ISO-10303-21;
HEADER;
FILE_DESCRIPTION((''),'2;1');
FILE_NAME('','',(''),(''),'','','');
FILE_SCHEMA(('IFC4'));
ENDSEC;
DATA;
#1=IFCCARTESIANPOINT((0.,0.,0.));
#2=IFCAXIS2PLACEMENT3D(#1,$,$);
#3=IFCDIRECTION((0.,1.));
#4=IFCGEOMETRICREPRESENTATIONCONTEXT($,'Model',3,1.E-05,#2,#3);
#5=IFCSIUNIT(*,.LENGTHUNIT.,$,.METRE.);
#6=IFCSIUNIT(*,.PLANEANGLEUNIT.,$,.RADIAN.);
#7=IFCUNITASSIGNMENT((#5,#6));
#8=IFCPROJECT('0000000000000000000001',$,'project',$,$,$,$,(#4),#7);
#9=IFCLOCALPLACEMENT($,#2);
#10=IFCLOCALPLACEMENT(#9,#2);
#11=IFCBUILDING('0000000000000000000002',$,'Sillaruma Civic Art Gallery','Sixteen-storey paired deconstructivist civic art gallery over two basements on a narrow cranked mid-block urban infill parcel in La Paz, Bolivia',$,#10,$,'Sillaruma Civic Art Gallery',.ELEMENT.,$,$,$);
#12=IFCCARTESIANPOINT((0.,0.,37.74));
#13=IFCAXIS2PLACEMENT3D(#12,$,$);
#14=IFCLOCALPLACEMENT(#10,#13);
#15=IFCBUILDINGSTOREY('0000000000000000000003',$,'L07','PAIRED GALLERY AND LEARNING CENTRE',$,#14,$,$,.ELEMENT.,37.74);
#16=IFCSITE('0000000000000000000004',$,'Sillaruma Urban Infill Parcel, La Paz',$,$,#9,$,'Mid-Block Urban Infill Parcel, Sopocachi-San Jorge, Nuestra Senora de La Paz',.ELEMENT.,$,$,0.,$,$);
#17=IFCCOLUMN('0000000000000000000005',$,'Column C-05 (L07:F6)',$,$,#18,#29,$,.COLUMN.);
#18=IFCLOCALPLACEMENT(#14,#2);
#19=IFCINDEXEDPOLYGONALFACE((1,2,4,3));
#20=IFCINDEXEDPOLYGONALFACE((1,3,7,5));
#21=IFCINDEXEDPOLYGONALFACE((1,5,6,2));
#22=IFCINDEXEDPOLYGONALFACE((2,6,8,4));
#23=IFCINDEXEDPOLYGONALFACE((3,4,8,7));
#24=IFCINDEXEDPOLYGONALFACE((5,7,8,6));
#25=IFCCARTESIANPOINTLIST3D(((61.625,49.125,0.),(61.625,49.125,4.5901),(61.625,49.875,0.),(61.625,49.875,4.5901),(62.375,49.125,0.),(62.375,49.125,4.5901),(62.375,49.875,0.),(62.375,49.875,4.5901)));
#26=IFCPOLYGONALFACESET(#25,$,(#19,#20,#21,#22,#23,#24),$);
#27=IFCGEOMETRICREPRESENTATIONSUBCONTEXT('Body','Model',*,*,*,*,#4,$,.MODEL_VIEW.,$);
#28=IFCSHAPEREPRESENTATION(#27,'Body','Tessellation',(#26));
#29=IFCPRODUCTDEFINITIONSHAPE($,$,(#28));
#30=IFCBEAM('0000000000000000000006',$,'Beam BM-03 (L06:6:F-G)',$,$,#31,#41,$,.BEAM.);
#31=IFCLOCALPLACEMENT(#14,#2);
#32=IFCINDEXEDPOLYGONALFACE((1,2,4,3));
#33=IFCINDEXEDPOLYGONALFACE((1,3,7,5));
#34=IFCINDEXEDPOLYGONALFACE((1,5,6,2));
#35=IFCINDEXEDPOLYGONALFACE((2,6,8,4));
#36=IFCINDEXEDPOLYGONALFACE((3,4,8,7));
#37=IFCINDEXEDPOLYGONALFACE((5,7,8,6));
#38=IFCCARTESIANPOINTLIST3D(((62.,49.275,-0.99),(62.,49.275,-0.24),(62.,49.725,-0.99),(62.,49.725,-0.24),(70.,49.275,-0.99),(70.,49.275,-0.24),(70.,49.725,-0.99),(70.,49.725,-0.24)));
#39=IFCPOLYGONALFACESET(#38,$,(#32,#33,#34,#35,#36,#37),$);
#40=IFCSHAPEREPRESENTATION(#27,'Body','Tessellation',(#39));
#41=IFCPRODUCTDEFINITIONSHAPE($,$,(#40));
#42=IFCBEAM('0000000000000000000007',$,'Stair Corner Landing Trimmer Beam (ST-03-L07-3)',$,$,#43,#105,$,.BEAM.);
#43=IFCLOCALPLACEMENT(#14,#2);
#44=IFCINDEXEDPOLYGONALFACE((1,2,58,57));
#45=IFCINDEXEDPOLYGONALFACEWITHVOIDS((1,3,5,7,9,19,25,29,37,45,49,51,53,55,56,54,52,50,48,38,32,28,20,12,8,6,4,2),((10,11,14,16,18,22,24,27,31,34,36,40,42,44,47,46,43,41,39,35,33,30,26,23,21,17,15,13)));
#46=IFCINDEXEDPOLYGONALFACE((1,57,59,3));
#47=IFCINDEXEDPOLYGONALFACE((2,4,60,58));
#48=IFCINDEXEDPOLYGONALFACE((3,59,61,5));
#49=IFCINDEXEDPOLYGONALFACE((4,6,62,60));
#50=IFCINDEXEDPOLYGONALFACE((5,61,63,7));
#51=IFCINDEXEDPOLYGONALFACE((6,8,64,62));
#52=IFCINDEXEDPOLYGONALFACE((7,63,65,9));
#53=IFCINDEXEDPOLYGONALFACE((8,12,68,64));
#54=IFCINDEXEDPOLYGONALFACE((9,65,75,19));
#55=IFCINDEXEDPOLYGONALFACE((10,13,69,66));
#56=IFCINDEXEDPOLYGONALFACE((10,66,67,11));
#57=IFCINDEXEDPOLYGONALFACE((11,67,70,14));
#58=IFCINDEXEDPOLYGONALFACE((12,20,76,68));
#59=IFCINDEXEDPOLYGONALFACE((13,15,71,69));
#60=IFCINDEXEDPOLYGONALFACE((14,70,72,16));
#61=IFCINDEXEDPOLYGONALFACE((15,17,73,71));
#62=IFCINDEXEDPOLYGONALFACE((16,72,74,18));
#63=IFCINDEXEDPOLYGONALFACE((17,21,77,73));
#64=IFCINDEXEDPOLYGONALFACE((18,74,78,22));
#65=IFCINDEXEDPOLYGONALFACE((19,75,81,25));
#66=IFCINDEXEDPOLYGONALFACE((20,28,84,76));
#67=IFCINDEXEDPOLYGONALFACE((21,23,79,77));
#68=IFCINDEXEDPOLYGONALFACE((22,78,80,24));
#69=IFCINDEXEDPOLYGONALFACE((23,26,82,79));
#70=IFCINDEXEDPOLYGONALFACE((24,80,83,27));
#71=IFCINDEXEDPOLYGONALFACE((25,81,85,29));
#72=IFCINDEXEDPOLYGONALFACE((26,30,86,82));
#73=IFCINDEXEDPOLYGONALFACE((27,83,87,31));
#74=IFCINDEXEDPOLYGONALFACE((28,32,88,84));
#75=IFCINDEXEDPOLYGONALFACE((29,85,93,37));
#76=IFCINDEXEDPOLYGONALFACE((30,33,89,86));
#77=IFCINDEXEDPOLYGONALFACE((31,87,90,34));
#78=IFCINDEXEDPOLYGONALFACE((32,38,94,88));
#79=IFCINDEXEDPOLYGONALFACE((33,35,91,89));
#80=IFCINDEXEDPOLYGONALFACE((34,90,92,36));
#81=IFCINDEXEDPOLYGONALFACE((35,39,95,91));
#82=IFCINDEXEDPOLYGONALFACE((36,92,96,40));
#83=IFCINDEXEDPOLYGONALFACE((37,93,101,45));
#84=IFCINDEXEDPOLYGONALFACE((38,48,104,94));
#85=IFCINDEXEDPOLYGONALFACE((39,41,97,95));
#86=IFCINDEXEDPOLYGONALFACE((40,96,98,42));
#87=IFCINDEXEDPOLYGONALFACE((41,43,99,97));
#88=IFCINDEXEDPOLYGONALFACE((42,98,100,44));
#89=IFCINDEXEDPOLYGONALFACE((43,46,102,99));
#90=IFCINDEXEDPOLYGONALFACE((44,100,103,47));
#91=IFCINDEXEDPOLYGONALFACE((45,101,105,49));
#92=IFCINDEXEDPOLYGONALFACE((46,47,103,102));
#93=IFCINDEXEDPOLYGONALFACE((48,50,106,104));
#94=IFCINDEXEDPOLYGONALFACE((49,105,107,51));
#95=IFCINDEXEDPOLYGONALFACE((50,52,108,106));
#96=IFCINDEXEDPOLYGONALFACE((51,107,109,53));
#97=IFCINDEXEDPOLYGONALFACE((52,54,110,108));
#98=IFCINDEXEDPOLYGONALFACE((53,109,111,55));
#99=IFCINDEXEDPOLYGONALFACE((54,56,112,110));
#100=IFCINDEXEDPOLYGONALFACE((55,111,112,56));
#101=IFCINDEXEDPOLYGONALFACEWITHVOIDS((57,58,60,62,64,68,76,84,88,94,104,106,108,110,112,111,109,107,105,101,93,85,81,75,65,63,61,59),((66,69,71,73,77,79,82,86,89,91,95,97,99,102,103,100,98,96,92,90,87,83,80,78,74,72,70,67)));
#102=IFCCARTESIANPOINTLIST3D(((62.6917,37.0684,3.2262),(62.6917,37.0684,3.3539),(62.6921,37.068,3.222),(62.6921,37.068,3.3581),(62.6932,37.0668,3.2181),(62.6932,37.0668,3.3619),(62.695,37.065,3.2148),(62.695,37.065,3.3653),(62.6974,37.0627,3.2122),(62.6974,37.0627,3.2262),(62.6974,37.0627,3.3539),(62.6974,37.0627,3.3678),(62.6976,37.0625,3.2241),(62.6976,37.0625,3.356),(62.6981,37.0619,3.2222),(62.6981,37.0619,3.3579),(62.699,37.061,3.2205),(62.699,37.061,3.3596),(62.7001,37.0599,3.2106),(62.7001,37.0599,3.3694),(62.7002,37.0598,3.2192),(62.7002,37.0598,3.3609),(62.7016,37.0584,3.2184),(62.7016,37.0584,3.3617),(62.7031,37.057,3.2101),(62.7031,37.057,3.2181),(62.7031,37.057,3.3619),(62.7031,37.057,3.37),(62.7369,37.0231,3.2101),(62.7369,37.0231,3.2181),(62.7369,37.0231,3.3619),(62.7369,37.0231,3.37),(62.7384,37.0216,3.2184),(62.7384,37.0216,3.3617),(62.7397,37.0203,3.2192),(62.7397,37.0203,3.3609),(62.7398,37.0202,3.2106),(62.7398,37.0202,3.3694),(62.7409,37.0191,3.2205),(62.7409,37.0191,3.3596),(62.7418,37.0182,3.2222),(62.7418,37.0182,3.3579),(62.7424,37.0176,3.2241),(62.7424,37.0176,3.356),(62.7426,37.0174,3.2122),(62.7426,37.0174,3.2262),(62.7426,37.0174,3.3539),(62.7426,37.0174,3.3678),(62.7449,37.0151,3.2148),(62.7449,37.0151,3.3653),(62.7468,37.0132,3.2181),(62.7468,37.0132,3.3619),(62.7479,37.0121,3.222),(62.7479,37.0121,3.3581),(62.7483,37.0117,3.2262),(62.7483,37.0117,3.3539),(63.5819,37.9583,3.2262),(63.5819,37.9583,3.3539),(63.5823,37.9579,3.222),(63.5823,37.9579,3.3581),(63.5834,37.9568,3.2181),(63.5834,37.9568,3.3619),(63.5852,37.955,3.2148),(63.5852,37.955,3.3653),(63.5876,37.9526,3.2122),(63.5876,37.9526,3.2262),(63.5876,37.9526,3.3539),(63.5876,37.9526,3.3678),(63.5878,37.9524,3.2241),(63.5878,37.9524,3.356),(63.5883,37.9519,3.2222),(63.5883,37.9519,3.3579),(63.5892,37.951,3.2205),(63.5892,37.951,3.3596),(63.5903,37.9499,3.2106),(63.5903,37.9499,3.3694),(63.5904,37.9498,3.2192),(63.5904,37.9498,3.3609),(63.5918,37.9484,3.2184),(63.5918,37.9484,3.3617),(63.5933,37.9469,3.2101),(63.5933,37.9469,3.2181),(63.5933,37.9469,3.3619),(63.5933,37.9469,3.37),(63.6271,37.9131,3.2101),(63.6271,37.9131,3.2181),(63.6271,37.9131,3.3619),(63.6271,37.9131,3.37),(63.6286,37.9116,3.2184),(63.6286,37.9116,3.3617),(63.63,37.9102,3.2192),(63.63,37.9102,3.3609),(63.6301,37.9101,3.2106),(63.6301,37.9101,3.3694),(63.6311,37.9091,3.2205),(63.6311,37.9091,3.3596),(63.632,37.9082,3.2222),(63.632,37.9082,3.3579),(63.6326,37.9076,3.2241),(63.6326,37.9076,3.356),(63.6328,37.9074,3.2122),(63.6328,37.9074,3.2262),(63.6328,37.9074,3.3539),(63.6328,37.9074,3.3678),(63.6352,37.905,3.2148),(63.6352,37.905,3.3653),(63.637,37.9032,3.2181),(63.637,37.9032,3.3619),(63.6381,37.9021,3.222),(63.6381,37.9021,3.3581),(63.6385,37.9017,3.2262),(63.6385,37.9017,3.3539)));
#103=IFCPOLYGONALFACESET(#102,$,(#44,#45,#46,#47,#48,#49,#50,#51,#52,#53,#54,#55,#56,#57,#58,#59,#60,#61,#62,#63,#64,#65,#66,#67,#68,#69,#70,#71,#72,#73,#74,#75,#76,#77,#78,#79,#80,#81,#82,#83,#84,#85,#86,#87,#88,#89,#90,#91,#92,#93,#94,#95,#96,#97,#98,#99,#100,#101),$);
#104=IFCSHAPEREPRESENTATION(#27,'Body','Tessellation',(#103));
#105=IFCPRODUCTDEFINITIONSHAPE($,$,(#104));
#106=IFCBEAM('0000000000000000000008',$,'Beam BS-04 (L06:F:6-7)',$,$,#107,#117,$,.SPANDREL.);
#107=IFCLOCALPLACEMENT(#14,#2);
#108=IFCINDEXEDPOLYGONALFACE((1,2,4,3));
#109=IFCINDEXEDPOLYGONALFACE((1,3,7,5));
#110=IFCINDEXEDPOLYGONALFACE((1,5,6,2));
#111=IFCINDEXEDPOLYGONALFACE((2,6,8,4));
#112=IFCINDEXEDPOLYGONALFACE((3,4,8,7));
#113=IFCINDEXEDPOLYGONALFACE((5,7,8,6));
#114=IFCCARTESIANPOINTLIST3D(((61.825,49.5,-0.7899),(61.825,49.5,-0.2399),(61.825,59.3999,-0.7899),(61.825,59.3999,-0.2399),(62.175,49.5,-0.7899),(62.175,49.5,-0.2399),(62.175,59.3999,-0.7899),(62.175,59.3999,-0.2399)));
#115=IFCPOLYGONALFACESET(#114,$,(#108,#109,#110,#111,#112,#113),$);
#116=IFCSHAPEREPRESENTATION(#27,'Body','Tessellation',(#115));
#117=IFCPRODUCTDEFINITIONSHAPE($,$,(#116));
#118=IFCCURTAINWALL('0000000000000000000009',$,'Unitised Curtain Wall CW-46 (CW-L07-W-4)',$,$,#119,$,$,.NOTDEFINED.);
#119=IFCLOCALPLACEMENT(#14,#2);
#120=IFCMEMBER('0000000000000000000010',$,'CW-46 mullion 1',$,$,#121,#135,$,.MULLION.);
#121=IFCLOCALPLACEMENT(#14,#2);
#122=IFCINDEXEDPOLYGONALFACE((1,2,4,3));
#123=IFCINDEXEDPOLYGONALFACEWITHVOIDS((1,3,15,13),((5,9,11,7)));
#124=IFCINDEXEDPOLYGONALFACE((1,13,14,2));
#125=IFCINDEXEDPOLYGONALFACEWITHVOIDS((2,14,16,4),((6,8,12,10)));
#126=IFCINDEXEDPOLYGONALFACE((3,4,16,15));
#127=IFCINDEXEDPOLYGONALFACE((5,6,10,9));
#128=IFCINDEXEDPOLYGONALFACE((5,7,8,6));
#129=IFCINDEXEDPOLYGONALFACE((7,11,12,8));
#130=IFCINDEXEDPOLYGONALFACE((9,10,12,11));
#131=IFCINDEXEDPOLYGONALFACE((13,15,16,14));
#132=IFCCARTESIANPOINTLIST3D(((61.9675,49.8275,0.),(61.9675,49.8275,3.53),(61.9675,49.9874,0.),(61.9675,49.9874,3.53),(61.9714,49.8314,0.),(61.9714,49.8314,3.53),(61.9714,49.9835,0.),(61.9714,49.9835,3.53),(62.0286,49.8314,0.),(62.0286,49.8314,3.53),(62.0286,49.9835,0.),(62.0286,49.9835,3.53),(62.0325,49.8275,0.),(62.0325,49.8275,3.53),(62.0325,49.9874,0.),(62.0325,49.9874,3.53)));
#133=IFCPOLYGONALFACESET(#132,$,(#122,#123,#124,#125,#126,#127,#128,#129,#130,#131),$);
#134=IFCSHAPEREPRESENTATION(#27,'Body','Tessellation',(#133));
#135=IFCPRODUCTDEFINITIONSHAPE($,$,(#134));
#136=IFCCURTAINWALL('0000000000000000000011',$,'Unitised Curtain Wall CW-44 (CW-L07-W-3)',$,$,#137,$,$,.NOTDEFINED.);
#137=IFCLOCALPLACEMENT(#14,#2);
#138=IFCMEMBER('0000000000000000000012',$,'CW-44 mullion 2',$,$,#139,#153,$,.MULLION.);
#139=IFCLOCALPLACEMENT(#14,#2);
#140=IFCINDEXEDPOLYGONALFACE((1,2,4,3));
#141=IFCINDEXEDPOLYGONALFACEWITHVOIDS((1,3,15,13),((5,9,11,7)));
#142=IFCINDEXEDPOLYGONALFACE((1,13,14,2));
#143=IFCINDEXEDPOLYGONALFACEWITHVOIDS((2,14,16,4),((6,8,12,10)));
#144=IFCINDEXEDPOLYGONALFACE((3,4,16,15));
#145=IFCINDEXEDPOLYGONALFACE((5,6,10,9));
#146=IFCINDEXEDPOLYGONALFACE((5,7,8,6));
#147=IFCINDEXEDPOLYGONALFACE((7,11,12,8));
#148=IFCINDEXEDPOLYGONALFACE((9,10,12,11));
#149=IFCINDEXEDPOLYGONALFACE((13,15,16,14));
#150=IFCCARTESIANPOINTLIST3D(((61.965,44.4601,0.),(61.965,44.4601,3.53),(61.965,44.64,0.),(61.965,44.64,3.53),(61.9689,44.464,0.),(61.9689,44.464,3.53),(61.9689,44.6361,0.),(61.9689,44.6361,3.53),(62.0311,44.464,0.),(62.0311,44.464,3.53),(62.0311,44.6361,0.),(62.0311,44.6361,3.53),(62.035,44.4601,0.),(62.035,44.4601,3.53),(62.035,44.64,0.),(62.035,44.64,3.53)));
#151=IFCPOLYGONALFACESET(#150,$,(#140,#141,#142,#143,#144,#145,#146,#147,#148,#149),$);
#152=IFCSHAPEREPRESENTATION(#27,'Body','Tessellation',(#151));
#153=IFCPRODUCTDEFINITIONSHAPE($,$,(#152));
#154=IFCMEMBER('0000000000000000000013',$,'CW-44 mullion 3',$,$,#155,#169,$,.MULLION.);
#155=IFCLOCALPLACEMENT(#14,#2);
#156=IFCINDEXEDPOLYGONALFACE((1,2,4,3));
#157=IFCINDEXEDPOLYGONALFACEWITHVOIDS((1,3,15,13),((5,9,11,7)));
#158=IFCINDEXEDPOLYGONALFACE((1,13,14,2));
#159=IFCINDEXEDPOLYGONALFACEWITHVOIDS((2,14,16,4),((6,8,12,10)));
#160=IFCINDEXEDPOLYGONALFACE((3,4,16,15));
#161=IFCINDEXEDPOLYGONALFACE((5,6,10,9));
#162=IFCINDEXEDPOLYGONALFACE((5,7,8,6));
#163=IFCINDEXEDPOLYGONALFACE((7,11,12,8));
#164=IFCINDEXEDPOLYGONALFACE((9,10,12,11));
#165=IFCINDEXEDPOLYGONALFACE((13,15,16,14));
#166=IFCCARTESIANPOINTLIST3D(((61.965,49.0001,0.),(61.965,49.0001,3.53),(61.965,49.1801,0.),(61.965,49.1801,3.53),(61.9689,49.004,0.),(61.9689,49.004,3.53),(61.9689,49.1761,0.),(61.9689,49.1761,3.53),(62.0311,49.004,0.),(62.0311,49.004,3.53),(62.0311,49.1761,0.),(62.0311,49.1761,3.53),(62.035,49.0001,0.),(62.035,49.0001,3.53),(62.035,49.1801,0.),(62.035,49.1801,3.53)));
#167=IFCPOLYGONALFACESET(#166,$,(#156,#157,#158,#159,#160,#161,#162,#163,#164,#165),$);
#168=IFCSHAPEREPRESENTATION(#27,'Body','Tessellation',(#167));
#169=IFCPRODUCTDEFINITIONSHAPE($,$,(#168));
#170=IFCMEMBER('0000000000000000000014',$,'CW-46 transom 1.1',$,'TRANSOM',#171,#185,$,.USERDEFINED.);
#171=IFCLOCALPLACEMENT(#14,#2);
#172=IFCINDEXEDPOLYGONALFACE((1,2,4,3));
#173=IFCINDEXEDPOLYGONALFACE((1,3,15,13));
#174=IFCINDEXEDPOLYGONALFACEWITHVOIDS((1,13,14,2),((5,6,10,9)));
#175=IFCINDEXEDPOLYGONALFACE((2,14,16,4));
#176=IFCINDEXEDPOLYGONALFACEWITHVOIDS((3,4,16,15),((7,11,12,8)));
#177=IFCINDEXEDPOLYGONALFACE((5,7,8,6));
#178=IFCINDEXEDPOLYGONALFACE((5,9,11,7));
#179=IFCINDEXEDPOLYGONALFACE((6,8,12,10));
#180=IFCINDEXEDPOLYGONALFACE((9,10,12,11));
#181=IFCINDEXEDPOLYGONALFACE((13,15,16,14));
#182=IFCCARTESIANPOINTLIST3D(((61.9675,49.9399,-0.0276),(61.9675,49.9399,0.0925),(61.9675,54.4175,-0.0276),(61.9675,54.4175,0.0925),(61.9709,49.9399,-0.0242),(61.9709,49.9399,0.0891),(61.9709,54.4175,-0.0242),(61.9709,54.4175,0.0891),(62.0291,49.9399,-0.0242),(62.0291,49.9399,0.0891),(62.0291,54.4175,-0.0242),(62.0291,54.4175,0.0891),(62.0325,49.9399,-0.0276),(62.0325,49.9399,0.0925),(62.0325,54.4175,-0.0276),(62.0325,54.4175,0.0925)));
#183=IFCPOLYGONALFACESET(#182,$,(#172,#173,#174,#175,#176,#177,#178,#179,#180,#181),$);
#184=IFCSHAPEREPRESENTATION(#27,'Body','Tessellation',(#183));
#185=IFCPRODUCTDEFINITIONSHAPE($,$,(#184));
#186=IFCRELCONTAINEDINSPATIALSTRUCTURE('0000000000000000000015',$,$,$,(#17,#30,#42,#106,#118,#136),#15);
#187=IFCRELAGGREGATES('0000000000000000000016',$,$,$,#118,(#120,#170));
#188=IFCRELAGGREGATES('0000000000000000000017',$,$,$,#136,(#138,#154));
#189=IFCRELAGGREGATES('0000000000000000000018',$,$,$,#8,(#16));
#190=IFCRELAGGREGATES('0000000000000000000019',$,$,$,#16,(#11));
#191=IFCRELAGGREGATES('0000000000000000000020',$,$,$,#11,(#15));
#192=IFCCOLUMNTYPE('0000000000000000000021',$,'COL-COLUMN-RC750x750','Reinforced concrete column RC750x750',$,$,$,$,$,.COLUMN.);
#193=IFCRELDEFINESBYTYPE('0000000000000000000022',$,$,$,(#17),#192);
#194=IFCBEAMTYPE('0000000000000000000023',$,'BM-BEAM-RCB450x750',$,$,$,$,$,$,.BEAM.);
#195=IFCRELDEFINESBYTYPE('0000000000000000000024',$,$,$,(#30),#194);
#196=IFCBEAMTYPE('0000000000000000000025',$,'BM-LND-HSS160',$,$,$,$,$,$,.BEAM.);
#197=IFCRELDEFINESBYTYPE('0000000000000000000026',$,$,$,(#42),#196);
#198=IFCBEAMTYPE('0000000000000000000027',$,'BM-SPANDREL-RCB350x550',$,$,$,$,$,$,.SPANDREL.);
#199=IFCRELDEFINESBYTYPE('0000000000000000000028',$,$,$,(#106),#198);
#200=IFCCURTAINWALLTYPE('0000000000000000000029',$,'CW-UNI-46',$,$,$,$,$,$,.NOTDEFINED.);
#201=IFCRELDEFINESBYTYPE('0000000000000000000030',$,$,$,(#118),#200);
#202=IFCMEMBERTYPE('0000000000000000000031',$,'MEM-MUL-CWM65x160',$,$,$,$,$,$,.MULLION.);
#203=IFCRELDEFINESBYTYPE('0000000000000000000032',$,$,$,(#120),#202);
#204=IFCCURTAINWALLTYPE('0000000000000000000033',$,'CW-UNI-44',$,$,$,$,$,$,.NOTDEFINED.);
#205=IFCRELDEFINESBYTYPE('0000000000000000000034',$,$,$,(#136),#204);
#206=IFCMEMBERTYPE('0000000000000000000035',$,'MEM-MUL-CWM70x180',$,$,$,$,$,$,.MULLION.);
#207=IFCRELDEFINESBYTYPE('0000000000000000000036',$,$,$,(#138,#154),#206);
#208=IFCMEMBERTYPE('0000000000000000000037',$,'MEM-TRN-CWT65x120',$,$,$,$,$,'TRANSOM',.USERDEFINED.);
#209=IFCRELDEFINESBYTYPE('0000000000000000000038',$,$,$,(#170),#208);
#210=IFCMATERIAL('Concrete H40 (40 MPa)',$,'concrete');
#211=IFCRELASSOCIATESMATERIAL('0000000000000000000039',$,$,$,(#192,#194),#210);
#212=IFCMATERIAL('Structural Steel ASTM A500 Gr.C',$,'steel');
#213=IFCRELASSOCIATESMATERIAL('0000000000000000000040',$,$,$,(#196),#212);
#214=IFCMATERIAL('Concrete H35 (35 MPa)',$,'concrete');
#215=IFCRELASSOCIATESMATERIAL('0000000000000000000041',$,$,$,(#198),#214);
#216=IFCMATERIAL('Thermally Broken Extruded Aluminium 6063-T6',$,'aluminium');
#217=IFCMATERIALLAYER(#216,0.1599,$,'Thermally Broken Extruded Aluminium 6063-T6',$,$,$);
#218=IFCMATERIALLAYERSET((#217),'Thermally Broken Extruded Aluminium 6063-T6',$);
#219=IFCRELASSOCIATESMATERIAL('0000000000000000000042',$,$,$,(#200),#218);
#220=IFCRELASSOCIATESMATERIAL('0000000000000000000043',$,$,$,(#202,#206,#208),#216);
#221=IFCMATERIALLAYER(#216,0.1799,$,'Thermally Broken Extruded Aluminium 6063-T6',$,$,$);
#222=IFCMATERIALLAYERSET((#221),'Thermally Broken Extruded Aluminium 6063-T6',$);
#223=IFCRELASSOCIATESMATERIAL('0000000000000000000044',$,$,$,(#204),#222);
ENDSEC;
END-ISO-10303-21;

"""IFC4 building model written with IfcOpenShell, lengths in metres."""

from ifc_helpers import new_model, si_unit, direction, frame, origin, origin_2d, place, context, subcontext, project, spatial, rectangle, hollow_rectangle, extrude, material, layer, layer_set, material_profile, profile_set, type_object, element, aggregate, save


model = new_model("IFC4")

# Units and contexts
model_context = context("Model", 3, precision=1e-05, world=origin(), true_north=direction((0.0, 1.0)))
body_context = subcontext(model_context, "Body", "Model", "MODEL_VIEW")
ifc_project = project(units=[si_unit("LENGTHUNIT", "METRE"), si_unit("PLANEANGLEUNIT", "RADIAN")], contexts=[model_context])

# Site, building, storey
site_placement = place(None, origin())
site = spatial("IfcSite", under=ifc_project, at=site_placement, Name="Sillaruma Urban Infill Parcel, La Paz", LongName="Mid-Block Urban Infill Parcel, Sopocachi-San Jorge, Nuestra Senora de La Paz", CompositionType="ELEMENT", RefElevation=0.0)
building_placement = place(site_placement, origin())
building = spatial("IfcBuilding", under=site, at=building_placement, Name="Sillaruma Civic Art Gallery", Description="Sixteen-storey paired deconstructivist civic art gallery over two basements on a narrow cranked mid-block urban infill parcel in La Paz, Bolivia", LongName="Sillaruma Civic Art Gallery", CompositionType="ELEMENT")
storey_placement = place(building_placement, frame((0.0, 0.0, 37.74)))
storey = spatial("IfcBuildingStorey", under=building, at=storey_placement, Name="L07", Description="PAIRED GALLERY AND LEARNING CENTRE", CompositionType="ELEMENT", Elevation=37.74)

# Column
ifc_material_1 = material(Name="Concrete H40 (40 MPa)", Category="concrete")
ifc_material_profile_1 = material_profile(ifc_material_1, rectangle(XDim=0.75, YDim=0.75, at=origin_2d()), Name="RC750x750")
ifc_profile_set_1 = profile_set([ifc_material_profile_1], Name="Concrete H40 (40 MPa)")
column_type = type_object("IfcColumnType", Name="COL-COLUMN-RC750x750", Description="Reinforced concrete column RC750x750", PredefinedType="COLUMN", material=ifc_profile_set_1)
column_placement = place(storey_placement, frame((62.0, 49.5, 0.0), z_axis=(0.0, 0.0, 1.0), x_axis=(1.0, 0.0, 0.0)))
element("IfcColumn", 1, at=column_placement, inside=storey, type_object=column_type, Name="Column C-05 (L07:F6)", PredefinedType="COLUMN", context=body_context, shape_type="SweptSolid", body=[
    extrude(rectangle(XDim=0.75, YDim=0.75, at=origin_2d()), origin(), (0.0, 0.0, 1.0), 4.5901),
])

# Beams
ifc_material_profile_2 = material_profile(ifc_material_1, rectangle(XDim=0.45, YDim=0.75, at=origin_2d()), Name="RCB450x750")
ifc_profile_set_2 = profile_set([ifc_material_profile_2], Name="Concrete H40 (40 MPa)")
beam_type_1 = type_object("IfcBeamType", Name="BM-BEAM-RCB450x750", PredefinedType="BEAM", material=ifc_profile_set_2)
beam_1_placement = place(storey_placement, frame((62.0, 49.5, -0.615), z_axis=(1.0, 0.0, 0.0), x_axis=(0.0, 1.0, 0.0)))
element("IfcBeam", 2, at=beam_1_placement, inside=storey, type_object=beam_type_1, Name="Beam BM-03 (L06:6:F-G)", PredefinedType="BEAM", context=body_context, shape_type="SweptSolid", body=[
    extrude(rectangle(XDim=0.45, YDim=0.75, at=origin_2d()), origin(), (0.0, 0.0, 1.0), 8.0),
])
ifc_material_2 = material(Name="Structural Steel ASTM A500 Gr.C", Category="steel")
ifc_material_profile_3 = material_profile(ifc_material_2, hollow_rectangle(XDim=0.0801, YDim=0.1599, WallThickness=0.0081, InnerFilletRadius=0.0081, OuterFilletRadius=0.0161, at=origin_2d()), Name="HSS160x80x8")
ifc_profile_set_3 = profile_set([ifc_material_profile_3], Name="Structural Steel ASTM A500 Gr.C")
beam_type_2 = type_object("IfcBeamType", Name="BM-LND-HSS160", PredefinedType="BEAM", material=ifc_profile_set_3)
beam_2_placement = place(storey_placement, frame((62.72, 37.04, 3.29), z_axis=(0.707204, 0.70701, 0.0), x_axis=(-0.70701, 0.707204, 0.0)))
element("IfcBeam", 3, at=beam_2_placement, inside=storey, type_object=beam_type_2, Name="Stair Corner Landing Trimmer Beam (ST-03-L07-3)", PredefinedType="BEAM", context=body_context, shape_type="SweptSolid", body=[
    extrude(hollow_rectangle(XDim=0.0801, YDim=0.1599, WallThickness=0.0081, InnerFilletRadius=0.0081, OuterFilletRadius=0.0161, at=origin_2d()), origin(), (0.0, 0.0, 1.0), 1.2588),
])
ifc_material_3 = material(Name="Concrete H35 (35 MPa)", Category="concrete")
ifc_material_profile_4 = material_profile(ifc_material_3, rectangle(XDim=0.3501, YDim=0.55, at=origin_2d()), Name="RCB350x550")
ifc_profile_set_4 = profile_set([ifc_material_profile_4], Name="Concrete H35 (35 MPa)")
beam_type_3 = type_object("IfcBeamType", Name="BM-SPANDREL-RCB350x550", PredefinedType="SPANDREL", material=ifc_profile_set_4)
beam_3_placement = place(storey_placement, frame((62.0, 49.5, -0.5149), z_axis=(0.0, 1.0, 0.0), x_axis=(-1.0, 0.0, 0.0)))
element("IfcBeam", 4, at=beam_3_placement, inside=storey, type_object=beam_type_3, Name="Beam BS-04 (L06:F:6-7)", PredefinedType="SPANDREL", context=body_context, shape_type="SweptSolid", body=[
    extrude(rectangle(XDim=0.3501, YDim=0.55, at=origin_2d()), origin(), (0.0, 0.0, 1.0), 9.8999),
])

# Curtain wall, member
ifc_material_4 = material(Name="Thermally Broken Extruded Aluminium 6063-T6", Category="aluminium")
ifc_layer_1 = layer(ifc_material_4, 0.1599, Name="Thermally Broken Extruded Aluminium 6063-T6")
ifc_layer_set_1 = layer_set([ifc_layer_1], Name="Thermally Broken Extruded Aluminium 6063-T6")
curtain_wall_type_1 = type_object("IfcCurtainWallType", Name="CW-UNI-46", PredefinedType="NOTDEFINED", material=ifc_layer_set_1)
curtain_wall_1_placement = place(storey_placement, origin())
curtain_wall_1 = element("IfcCurtainWall", 5, at=curtain_wall_1_placement, inside=storey, type_object=curtain_wall_type_1, Name="Unitised Curtain Wall CW-46 (CW-L07-W-4)", PredefinedType="NOTDEFINED")
ifc_material_profile_5 = material_profile(ifc_material_4, hollow_rectangle(XDim=0.0649, YDim=0.1599, WallThickness=0.0039, at=origin_2d()), Name="CWM65x160")
ifc_profile_set_5 = profile_set([ifc_material_profile_5], Name="Thermally Broken Extruded Aluminium 6063-T6")
member_type_1 = type_object("IfcMemberType", Name="MEM-MUL-CWM65x160", PredefinedType="MULLION", material=ifc_profile_set_5)
member_1_placement = place(storey_placement, frame((62.0, 49.9075, 0.0), z_axis=(0.0, 0.0, 1.0), x_axis=(-1.0, 0.0, 0.0)))
member_1 = element("IfcMember", 6, at=member_1_placement, type_object=member_type_1, Name="CW-46 mullion 1", PredefinedType="MULLION", context=body_context, shape_type="SweptSolid", body=[
    extrude(hollow_rectangle(XDim=0.0649, YDim=0.1599, WallThickness=0.0039, at=origin_2d()), origin(), (0.0, 0.0, 1.0), 3.53),
])

# Curtain wall, members
ifc_layer_2 = layer(ifc_material_4, 0.1799, Name="Thermally Broken Extruded Aluminium 6063-T6")
ifc_layer_set_2 = layer_set([ifc_layer_2], Name="Thermally Broken Extruded Aluminium 6063-T6")
curtain_wall_type_2 = type_object("IfcCurtainWallType", Name="CW-UNI-44", PredefinedType="NOTDEFINED", material=ifc_layer_set_2)
curtain_wall_2_placement = place(storey_placement, origin())
curtain_wall_2 = element("IfcCurtainWall", 7, at=curtain_wall_2_placement, inside=storey, type_object=curtain_wall_type_2, Name="Unitised Curtain Wall CW-44 (CW-L07-W-3)", PredefinedType="NOTDEFINED")
ifc_material_profile_6 = material_profile(ifc_material_4, hollow_rectangle(XDim=0.0701, YDim=0.1799, WallThickness=0.0039, at=origin_2d()), Name="CWM70x180")
ifc_profile_set_6 = profile_set([ifc_material_profile_6], Name="Thermally Broken Extruded Aluminium 6063-T6")
member_type_2 = type_object("IfcMemberType", Name="MEM-MUL-CWM70x180", PredefinedType="MULLION", material=ifc_profile_set_6)
member_2_placement = place(storey_placement, frame((62.0, 44.55, 0.0), z_axis=(0.0, 0.0, 1.0), x_axis=(-1.0, 0.0, 0.0)))
member_2 = element("IfcMember", 8, at=member_2_placement, type_object=member_type_2, Name="CW-44 mullion 2", PredefinedType="MULLION", context=body_context, shape_type="SweptSolid", body=[
    extrude(hollow_rectangle(XDim=0.0701, YDim=0.1799, WallThickness=0.0039, at=origin_2d()), origin(), (0.0, 0.0, 1.0), 3.53),
])
member_3_placement = place(storey_placement, frame((62.0, 49.0901, 0.0), z_axis=(0.0, 0.0, 1.0), x_axis=(-1.0, 0.0, 0.0)))
member_3 = element("IfcMember", 9, at=member_3_placement, type_object=member_type_2, Name="CW-44 mullion 3", PredefinedType="MULLION", context=body_context, shape_type="SweptSolid", body=[
    extrude(hollow_rectangle(XDim=0.0701, YDim=0.1799, WallThickness=0.0039, at=origin_2d()), origin(), (0.0, 0.0, 1.0), 3.53),
])

# Member
ifc_material_profile_7 = material_profile(ifc_material_4, hollow_rectangle(XDim=0.0649, YDim=0.1201, WallThickness=0.0034, at=origin_2d()), Name="CWT65x120")
ifc_profile_set_7 = profile_set([ifc_material_profile_7], Name="Thermally Broken Extruded Aluminium 6063-T6")
member_type_3 = type_object("IfcMemberType", Name="MEM-TRN-CWT65x120", ElementType="TRANSOM", PredefinedType="USERDEFINED", material=ifc_profile_set_7)
member_4_placement = place(storey_placement, frame((62.0, 49.9399, 0.0325), z_axis=(0.0, 1.0, 0.0), x_axis=(-1.0, 0.0, 0.0)))
member_4 = element("IfcMember", 10, at=member_4_placement, type_object=member_type_3, Name="CW-46 transom 1.1", ObjectType="TRANSOM", PredefinedType="USERDEFINED", context=body_context, shape_type="SweptSolid", body=[
    extrude(hollow_rectangle(XDim=0.0649, YDim=0.1201, WallThickness=0.0034, at=origin_2d()), origin(), (0.0, 0.0, 1.0), 4.4775),
])

aggregate(curtain_wall_1, [member_1, member_4])
aggregate(curtain_wall_2, [member_2, member_3])

save(model, "model.ifc")
